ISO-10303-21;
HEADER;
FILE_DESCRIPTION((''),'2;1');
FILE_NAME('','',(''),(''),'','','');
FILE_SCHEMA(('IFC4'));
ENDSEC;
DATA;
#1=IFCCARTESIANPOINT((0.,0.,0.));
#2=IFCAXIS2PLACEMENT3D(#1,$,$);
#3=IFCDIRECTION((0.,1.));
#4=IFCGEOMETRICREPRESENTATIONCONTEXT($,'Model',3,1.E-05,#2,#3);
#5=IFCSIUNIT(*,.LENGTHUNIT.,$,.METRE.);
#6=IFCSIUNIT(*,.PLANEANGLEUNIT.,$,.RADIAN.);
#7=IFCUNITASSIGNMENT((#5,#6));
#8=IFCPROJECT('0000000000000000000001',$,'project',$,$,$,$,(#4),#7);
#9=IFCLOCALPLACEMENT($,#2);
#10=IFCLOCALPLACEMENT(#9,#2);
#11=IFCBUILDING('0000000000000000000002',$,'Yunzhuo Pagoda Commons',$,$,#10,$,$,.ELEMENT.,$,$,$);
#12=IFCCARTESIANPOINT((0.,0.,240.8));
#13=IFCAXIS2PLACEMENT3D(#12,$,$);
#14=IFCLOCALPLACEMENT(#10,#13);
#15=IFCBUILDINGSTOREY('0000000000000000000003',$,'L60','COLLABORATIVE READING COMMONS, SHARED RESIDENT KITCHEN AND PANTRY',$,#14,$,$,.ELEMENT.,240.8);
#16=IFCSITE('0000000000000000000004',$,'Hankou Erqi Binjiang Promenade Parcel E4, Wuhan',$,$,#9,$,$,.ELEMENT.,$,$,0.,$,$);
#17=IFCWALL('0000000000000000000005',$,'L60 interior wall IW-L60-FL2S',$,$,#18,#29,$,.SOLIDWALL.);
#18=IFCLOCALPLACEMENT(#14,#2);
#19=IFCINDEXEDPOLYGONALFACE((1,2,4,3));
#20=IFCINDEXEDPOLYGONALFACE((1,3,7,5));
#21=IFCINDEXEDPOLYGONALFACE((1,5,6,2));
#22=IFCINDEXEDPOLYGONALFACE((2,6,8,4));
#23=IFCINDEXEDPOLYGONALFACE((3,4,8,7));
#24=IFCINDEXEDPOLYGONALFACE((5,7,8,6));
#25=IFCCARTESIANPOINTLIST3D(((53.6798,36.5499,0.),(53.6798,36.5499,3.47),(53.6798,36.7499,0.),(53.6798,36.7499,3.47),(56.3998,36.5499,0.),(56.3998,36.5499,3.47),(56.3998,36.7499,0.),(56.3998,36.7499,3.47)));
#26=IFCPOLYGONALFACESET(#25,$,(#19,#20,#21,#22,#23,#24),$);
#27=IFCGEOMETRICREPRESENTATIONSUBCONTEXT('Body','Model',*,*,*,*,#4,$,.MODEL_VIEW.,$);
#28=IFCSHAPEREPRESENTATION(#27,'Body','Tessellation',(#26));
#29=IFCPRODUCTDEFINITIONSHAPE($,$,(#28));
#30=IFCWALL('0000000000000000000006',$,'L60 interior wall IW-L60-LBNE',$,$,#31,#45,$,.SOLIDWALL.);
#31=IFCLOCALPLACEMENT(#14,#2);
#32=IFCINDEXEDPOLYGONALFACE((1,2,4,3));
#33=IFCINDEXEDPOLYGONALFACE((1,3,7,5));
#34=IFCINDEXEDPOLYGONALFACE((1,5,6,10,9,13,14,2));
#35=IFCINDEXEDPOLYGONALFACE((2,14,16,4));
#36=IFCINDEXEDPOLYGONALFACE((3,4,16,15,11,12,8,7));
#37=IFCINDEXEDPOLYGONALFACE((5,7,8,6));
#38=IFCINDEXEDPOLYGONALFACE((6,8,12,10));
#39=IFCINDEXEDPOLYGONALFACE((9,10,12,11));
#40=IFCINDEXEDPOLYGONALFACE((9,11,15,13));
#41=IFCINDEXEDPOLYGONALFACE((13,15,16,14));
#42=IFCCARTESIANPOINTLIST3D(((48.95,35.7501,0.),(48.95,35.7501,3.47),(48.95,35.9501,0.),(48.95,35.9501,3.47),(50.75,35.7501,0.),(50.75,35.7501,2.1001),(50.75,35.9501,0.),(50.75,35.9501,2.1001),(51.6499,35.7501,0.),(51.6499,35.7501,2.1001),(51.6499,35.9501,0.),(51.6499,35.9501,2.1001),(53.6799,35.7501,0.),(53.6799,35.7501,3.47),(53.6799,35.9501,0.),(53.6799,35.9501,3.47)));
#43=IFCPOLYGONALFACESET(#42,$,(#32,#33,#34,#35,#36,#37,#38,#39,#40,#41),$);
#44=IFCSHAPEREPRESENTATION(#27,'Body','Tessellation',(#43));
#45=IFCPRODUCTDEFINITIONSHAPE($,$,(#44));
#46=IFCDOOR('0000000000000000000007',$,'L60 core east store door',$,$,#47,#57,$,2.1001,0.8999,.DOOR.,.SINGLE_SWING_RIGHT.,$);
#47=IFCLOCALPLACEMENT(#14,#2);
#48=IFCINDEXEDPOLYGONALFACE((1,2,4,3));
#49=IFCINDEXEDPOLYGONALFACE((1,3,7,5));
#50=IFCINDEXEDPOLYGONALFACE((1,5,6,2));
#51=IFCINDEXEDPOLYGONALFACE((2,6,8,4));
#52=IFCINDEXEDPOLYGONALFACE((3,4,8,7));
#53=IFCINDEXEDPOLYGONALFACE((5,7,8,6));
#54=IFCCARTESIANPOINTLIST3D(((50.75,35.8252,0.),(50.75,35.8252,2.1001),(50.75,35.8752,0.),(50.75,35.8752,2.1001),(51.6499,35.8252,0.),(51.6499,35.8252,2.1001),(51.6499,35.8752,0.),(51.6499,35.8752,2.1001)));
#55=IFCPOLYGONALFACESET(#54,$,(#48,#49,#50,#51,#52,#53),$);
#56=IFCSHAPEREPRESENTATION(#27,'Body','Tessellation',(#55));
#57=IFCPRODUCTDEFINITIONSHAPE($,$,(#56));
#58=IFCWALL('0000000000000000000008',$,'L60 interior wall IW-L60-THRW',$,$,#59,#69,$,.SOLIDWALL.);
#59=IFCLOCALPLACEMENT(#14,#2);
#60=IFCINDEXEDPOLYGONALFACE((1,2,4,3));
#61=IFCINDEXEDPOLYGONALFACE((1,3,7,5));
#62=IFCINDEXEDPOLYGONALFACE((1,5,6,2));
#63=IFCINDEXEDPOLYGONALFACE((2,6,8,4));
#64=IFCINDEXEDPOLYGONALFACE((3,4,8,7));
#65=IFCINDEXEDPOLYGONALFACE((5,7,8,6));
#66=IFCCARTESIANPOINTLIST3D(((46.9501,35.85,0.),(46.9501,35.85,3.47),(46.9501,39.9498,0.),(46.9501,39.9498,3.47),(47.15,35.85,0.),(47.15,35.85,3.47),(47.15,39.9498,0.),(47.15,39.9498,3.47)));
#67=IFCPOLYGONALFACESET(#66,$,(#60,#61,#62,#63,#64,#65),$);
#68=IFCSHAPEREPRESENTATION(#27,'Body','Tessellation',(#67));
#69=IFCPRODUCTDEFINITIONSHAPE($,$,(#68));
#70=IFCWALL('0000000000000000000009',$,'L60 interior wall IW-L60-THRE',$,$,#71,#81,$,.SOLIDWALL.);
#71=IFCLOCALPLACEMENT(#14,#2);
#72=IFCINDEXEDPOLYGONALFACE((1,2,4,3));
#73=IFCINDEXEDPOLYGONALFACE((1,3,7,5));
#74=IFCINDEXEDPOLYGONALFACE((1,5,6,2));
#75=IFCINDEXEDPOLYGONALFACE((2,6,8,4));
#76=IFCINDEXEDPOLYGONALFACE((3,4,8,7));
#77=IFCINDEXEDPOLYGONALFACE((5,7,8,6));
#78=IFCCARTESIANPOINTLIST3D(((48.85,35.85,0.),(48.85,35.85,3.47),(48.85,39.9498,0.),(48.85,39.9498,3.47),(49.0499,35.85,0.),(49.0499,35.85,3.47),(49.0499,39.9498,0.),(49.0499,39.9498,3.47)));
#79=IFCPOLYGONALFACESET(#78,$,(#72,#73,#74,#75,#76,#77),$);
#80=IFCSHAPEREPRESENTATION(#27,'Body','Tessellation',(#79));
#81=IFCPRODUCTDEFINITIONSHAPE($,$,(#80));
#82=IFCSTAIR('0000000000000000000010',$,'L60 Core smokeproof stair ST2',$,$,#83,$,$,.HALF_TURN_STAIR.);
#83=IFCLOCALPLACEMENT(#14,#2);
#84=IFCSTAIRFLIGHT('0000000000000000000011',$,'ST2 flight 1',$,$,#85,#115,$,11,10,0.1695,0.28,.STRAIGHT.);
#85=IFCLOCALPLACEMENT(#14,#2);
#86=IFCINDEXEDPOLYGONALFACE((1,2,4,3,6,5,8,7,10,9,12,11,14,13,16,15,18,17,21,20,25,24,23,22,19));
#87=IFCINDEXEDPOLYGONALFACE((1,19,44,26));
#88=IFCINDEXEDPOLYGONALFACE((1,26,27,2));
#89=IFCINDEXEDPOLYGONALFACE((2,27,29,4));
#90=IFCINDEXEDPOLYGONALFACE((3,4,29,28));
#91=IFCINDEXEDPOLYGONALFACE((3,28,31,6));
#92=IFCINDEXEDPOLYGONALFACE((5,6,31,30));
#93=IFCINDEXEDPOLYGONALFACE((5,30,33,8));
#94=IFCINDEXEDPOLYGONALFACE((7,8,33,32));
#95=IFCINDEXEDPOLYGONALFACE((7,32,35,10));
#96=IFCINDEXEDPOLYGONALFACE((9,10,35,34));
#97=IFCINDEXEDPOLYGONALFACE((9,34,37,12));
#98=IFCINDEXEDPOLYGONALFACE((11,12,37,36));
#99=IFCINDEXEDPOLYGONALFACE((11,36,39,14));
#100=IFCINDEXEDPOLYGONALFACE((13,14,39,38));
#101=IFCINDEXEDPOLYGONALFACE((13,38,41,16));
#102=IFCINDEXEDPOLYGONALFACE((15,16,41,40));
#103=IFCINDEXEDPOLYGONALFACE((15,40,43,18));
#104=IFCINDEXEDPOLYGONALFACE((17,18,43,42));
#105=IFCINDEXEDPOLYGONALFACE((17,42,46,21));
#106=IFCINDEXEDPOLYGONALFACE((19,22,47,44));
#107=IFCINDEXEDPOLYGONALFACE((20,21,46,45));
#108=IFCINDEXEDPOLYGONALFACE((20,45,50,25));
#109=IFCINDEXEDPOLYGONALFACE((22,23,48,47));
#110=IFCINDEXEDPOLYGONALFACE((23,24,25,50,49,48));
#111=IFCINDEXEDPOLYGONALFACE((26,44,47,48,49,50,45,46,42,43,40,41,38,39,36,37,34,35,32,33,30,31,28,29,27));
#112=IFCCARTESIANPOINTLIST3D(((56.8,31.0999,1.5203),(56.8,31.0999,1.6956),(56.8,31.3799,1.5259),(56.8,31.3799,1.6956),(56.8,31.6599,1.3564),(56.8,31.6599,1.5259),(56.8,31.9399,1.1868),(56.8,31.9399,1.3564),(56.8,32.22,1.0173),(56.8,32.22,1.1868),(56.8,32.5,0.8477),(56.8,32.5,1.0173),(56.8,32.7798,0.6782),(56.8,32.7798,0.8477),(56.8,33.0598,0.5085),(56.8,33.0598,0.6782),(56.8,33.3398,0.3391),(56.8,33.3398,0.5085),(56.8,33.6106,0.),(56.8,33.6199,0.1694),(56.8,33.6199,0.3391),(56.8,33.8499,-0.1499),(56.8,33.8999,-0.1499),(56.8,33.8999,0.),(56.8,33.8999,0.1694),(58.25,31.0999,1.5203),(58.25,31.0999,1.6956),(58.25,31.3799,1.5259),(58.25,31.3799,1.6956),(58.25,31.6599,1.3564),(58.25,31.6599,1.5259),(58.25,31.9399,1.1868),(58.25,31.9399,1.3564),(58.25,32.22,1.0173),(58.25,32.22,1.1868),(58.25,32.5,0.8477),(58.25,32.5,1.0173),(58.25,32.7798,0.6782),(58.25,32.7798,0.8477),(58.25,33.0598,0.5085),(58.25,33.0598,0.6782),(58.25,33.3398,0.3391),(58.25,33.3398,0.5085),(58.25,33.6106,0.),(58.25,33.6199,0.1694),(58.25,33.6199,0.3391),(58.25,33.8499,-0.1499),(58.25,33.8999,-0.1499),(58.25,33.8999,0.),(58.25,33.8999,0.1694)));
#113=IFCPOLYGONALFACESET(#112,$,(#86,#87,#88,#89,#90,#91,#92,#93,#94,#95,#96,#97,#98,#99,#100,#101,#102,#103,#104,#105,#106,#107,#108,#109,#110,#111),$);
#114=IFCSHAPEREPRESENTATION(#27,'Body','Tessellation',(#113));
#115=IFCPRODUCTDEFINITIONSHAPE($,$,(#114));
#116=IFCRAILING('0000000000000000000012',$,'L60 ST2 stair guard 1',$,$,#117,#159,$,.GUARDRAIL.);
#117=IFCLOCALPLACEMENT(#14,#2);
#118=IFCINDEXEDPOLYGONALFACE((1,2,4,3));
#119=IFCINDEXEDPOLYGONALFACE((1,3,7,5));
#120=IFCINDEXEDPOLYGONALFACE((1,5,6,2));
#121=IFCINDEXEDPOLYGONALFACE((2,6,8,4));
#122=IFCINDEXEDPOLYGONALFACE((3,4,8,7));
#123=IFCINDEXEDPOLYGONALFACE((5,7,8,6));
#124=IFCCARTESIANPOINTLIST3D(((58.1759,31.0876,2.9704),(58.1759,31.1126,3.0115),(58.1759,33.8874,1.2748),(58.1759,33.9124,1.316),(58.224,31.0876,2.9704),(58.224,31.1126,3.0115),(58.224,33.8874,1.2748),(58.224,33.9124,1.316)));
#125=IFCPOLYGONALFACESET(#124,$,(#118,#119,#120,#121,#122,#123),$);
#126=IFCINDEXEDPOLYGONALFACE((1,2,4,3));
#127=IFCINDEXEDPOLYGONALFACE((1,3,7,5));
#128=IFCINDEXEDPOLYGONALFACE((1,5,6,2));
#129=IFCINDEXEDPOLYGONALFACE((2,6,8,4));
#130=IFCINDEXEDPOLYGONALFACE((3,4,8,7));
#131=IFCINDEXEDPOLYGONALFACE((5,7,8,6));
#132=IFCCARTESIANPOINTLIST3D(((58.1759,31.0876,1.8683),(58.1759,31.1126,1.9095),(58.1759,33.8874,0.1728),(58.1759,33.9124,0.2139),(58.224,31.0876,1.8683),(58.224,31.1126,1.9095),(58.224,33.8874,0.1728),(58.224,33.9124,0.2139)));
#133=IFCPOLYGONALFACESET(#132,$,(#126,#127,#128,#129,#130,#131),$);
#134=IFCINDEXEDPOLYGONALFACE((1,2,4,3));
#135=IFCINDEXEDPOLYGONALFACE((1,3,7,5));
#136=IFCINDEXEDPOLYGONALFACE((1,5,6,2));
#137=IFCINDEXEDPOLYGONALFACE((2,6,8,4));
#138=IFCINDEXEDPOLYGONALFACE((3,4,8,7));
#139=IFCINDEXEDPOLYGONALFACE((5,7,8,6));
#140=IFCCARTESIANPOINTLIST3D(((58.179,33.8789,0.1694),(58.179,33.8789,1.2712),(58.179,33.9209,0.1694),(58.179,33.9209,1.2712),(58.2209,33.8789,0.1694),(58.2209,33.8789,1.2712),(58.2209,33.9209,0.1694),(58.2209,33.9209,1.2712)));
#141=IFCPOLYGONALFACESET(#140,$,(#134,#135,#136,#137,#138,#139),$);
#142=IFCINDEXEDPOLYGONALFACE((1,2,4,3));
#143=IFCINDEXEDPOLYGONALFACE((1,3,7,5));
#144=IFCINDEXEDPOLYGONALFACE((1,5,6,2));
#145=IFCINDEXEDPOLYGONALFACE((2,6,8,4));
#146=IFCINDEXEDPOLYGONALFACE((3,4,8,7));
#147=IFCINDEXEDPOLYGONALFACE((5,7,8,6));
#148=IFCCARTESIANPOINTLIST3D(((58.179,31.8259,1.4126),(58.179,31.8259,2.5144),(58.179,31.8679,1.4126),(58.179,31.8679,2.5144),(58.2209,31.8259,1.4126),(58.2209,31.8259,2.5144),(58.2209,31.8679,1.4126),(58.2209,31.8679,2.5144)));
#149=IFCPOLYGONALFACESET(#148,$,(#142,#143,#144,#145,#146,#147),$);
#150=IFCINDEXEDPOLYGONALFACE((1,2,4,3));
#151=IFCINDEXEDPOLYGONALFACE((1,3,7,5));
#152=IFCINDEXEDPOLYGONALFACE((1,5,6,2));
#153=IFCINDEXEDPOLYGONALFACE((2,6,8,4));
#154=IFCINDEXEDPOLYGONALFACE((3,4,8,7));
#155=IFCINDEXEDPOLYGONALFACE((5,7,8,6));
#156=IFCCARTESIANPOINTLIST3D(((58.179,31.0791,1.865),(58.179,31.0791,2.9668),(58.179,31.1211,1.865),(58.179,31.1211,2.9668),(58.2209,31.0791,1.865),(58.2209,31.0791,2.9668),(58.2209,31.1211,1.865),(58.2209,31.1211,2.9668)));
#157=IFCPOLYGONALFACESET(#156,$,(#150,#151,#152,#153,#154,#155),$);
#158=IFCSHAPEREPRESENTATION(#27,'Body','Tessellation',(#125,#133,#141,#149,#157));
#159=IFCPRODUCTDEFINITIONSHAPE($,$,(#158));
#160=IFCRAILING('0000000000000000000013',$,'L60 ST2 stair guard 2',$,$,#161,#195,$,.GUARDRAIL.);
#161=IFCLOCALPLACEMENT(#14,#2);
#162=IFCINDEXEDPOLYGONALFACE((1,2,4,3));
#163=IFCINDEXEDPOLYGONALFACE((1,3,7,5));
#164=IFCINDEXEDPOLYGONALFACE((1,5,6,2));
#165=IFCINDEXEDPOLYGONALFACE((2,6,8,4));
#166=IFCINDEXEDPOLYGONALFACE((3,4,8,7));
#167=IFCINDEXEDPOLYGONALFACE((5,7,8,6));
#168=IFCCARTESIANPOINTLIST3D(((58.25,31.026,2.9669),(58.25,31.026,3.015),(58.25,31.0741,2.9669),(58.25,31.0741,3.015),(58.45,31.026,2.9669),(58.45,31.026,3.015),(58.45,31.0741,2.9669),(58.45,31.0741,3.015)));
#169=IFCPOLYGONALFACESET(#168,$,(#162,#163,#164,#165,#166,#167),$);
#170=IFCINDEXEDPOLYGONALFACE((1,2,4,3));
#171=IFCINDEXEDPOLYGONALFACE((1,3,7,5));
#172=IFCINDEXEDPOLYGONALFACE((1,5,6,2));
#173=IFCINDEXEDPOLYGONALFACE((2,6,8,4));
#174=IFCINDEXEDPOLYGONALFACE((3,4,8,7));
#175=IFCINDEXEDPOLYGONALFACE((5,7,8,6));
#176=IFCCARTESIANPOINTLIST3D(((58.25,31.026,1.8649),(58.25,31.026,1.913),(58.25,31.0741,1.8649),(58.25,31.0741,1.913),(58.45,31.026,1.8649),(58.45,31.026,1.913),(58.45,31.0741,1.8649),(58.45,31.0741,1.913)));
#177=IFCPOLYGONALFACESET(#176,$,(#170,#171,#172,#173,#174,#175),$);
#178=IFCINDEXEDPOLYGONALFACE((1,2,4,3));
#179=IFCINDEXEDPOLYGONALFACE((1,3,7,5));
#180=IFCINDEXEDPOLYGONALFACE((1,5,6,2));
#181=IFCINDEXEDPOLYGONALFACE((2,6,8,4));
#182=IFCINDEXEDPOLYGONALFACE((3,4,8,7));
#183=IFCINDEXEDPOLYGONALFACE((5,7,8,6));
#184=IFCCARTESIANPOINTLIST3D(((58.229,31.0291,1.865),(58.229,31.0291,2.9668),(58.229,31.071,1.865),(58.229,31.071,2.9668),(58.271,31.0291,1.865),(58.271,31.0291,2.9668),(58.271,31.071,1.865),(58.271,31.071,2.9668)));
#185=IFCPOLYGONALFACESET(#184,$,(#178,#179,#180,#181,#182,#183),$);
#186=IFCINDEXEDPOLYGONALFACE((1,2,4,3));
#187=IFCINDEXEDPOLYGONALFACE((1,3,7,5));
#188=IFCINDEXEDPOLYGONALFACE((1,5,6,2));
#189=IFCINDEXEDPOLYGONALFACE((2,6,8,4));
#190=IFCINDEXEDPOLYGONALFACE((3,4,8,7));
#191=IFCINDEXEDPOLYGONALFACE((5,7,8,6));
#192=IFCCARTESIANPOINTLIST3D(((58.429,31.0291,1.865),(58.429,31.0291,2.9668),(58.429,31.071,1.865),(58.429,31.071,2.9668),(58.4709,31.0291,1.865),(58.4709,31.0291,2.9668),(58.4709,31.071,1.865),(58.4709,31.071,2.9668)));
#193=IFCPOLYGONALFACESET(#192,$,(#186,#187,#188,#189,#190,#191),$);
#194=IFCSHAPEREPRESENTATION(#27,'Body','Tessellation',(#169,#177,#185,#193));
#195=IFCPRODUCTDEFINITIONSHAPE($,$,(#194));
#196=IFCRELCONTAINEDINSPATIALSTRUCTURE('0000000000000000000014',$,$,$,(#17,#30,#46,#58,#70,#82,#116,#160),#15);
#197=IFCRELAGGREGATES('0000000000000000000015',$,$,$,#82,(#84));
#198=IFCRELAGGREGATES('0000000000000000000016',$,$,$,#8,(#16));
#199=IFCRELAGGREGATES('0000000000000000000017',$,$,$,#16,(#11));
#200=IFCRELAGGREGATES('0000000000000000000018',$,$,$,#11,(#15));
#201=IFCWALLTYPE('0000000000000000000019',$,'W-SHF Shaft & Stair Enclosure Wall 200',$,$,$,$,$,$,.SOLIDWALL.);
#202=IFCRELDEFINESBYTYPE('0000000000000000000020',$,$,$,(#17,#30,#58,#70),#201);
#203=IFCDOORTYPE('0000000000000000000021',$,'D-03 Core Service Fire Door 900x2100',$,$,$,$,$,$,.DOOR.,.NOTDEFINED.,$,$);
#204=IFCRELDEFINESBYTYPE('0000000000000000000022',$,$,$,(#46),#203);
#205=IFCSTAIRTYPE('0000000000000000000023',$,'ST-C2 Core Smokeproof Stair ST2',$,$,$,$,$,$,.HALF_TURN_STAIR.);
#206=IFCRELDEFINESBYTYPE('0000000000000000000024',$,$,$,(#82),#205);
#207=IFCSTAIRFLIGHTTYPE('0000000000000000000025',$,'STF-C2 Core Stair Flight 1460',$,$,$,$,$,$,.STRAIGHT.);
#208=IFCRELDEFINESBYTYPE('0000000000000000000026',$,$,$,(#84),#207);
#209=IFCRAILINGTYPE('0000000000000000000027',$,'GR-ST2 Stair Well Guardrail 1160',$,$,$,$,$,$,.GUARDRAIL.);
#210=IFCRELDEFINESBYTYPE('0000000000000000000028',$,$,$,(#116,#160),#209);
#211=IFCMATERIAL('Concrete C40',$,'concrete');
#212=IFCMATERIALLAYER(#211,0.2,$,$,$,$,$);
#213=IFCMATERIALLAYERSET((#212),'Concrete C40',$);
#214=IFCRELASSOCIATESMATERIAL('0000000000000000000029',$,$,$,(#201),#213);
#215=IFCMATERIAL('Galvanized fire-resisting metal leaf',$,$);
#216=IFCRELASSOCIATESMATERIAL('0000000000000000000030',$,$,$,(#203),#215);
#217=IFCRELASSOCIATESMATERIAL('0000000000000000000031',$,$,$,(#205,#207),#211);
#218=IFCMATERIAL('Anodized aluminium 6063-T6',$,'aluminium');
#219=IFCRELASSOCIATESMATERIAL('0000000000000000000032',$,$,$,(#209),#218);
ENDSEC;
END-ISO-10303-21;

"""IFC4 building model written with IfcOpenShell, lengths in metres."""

from ifc_helpers import new_model, si_unit, direction, frame, frame_2d, origin, origin_2d, place, context, subcontext, project, spatial, polyline, rectangle, outline, extrude, source, transform, mapped, material, layer, layer_set, type_object, element, fill, aggregate, save


model = new_model("IFC4")

# Units and contexts
model_context = context("Model", 3, precision=1e-05, world=origin(), true_north=direction((0.0, 1.0)))
body_context = subcontext(model_context, "Body", "Model", "MODEL_VIEW")
ifc_project = project(units=[si_unit("LENGTHUNIT", "METRE"), si_unit("PLANEANGLEUNIT", "RADIAN")], contexts=[model_context])

# Site, building, storey
site_placement = place(None, origin())
site = spatial("IfcSite", under=ifc_project, at=site_placement, Name="Hankou Erqi Binjiang Promenade Parcel E4, Wuhan", CompositionType="ELEMENT", RefElevation=0.0)
building_placement = place(site_placement, origin())
building = spatial("IfcBuilding", under=site, at=building_placement, Name="Yunzhuo Pagoda Commons", CompositionType="ELEMENT")
storey_placement = place(building_placement, frame((0.0, 0.0, 240.8)))
storey = spatial("IfcBuildingStorey", under=building, at=storey_placement, Name="L60", Description="COLLABORATIVE READING COMMONS, SHARED RESIDENT KITCHEN AND PANTRY", CompositionType="ELEMENT", Elevation=240.8)

# Shared definitions
ifc_material_1 = material(Name="Galvanized fire-resisting metal leaf")

# Wall
ifc_material_2 = material(Name="Concrete C40", Category="concrete")
ifc_layer_1 = layer(ifc_material_2, 0.2)
ifc_layer_set_1 = layer_set([ifc_layer_1], Name="Concrete C40")
wall_type_1 = type_object("IfcWallType", Name="W-SHF Shaft & Stair Enclosure Wall 200", PredefinedType="SOLIDWALL", material=ifc_layer_set_1)
wall_1_placement = place(storey_placement, frame((53.6799, 36.6499, 0.0), z_axis=(0.0, 0.0, 1.0), x_axis=(1.0, 0.0, 0.0)))
element("IfcWall", 1, at=wall_1_placement, inside=storey, type_object=wall_type_1, Name="L60 interior wall IW-L60-FL2S", PredefinedType="SOLIDWALL", context=body_context, shape_type="SweptSolid", body=[
    extrude(rectangle(XDim=2.72, YDim=0.2, at=frame_2d((1.3599, 0.0))), origin(), (0.0, 0.0, 1.0), 3.47),
])

# Wall, opening, door
wall_2_placement = place(storey_placement, frame((48.95, 35.8501, 0.0), z_axis=(0.0, 0.0, 1.0), x_axis=(1.0, 0.0, 0.0)))
wall_2 = element("IfcWall", 2, at=wall_2_placement, inside=storey, type_object=wall_type_1, Name="L60 interior wall IW-L60-LBNE", PredefinedType="SOLIDWALL", context=body_context, shape_type="SweptSolid", body=[
    extrude(rectangle(XDim=4.73, YDim=0.2, at=frame_2d((2.365, 0.0))), origin(), (0.0, 0.0, 1.0), 3.47),
])
opening_1_placement = place(wall_2_placement, frame((1.8, 0.0, 0.0)))
opening_1 = element("IfcOpeningElement", 3, at=opening_1_placement, cuts=wall_2, PredefinedType="OPENING", context=body_context, shape_type="SweptSolid", body=[
    extrude(rectangle(XDim=0.8999, YDim=2.1001, at=frame_2d((0.45, 1.05))), frame((0.0, 0.1099, 0.0), z_axis=(0.0, -1.0, 0.0), x_axis=(1.0, 0.0, 0.0)), (0.0, 0.0, 1.0), 0.22),
])
door_type_1 = type_object("IfcDoorType", Name="D-03 Core Service Fire Door 900x2100", OperationType="NOTDEFINED", PredefinedType="DOOR", material=ifc_material_1)
shared_shape_1 = source(origin(), body_context, "Body", "SweptSolid", [
    extrude(rectangle(XDim=0.8999, YDim=2.1001, at=frame_2d((0.45, 1.05))), frame((0.0, 0.0249, 0.0), z_axis=(0.0, -1.0, 0.0), x_axis=(1.0, 0.0, 0.0)), (0.0, 0.0, 1.0), 0.05),
])
door_1_placement = place(opening_1_placement, frame((0.8999, 0.0, 0.0), z_axis=(0.0, 0.0, 1.0), x_axis=(-1.0, 0.0, 0.0)))
door_1 = element("IfcDoor", 4, at=door_1_placement, inside=storey, type_object=door_type_1, Name="L60 core east store door", OperationType="SINGLE_SWING_RIGHT", OverallHeight=2.1001, OverallWidth=0.8999, PredefinedType="DOOR", context=body_context, shape_type="MappedRepresentation", body=[
    mapped(shared_shape_1, transform((0.0, 0.0, 0.0), scale=1.0)),
])
fill(opening_1, door_1)

# Walls
for number, where, z_axis, x_axis, name in (
    (5, (47.05, 35.8501, 0.0), (0.0, 0.0, 1.0), (0.0, 1.0, 0.0), "L60 interior wall IW-L60-THRW"),
    (6, (48.95, 35.8501, 0.0), (0.0, 0.0, 1.0), (0.0, 1.0, 0.0), "L60 interior wall IW-L60-THRE"),
):
    element("IfcWall", number, at=place(storey_placement, frame(where, z_axis=z_axis, x_axis=x_axis)), inside=storey, type_object=wall_type_1, Name=name, PredefinedType="SOLIDWALL", context=body_context, shape_type="SweptSolid", body=[
        extrude(rectangle(XDim=4.0999, YDim=0.2, at=frame_2d((2.0498, 0.0))), origin(), (0.0, 0.0, 1.0), 3.47),
    ])

# Stair, stair flight
stair_type = type_object("IfcStairType", Name="ST-C2 Core Smokeproof Stair ST2", PredefinedType="HALF_TURN_STAIR", material=ifc_material_2)
stair_placement = place(storey_placement, origin())
stair = element("IfcStair", 7, at=stair_placement, inside=storey, type_object=stair_type, Name="L60 Core smokeproof stair ST2", PredefinedType="HALF_TURN_STAIR")
stair_flight_type = type_object("IfcStairFlightType", Name="STF-C2 Core Stair Flight 1460", PredefinedType="STRAIGHT", material=ifc_material_2)
shared_shape_2 = source(origin(), body_context, "Body", "SweptSolid", [
    extrude(outline(polyline([(0.0, -0.1499), (0.0, 0.0), (0.0, 0.1694), (0.28, 0.1694), (0.28, 0.3391), (0.5601, 0.3391), (0.5601, 0.5085), (0.8401, 0.5085), (0.8401, 0.6782), (1.1201, 0.6782), (1.1201, 0.8477), (1.3999, 0.8477), (1.3999, 1.0173), (1.6799, 1.0173), (1.6799, 1.1868), (1.96, 1.1868), (1.96, 1.3564), (2.24, 1.3564), (2.24, 1.5259), (2.52, 1.5259), (2.52, 1.6956), (2.8, 1.6956), (2.8, 1.865), (2.8, 1.5203), (0.2893, 0.0), (0.05, -0.1499), (0.0, -0.1499)])), frame((0.0, 0.7251, 0.0), z_axis=(0.0, -1.0, 0.0), x_axis=(1.0, 0.0, 0.0)), (0.0, 0.0, 1.0), 1.45),
])
stair_flight_placement = place(storey_placement, frame((57.5249, 33.8999, 0.0), z_axis=(0.0, 0.0, 1.0), x_axis=(0.0, -1.0, 0.0)))
stair_flight = element("IfcStairFlight", 8, at=stair_flight_placement, type_object=stair_flight_type, Name="ST2 flight 1", NumberOfRisers=11, NumberOfTreads=10, PredefinedType="STRAIGHT", RiserHeight=0.1695, TreadLength=0.28, context=body_context, shape_type="MappedRepresentation", body=[
    mapped(shared_shape_2, transform((0.0, 0.0, 0.0), scale=1.0)),
])
aggregate(stair, [stair_flight])

# Railings
ifc_material_3 = material(Name="Anodized aluminium 6063-T6", Category="aluminium")
railing_type_1 = type_object("IfcRailingType", Name="GR-ST2 Stair Well Guardrail 1160", PredefinedType="GUARDRAIL", material=ifc_material_3)
railing_1_placement = place(storey_placement, frame((58.2, 33.8999, 0.1694)))
element("IfcRailing", 9, at=railing_1_placement, inside=storey, type_object=railing_type_1, Name="L60 ST2 stair guard 1", PredefinedType="GUARDRAIL", context=body_context, shape_type="SweptSolid", body=[
    extrude(rectangle(XDim=0.0481, YDim=0.0481, at=origin_2d()), frame((0.0, 0.0, 1.126), z_axis=(0.0, -0.855373, 0.518012), x_axis=(1.0, 0.0, 0.0)), (0.0, 0.0, 1.0), 3.2732),
    extrude(rectangle(XDim=0.0481, YDim=0.0481, at=origin_2d()), frame((0.0, 0.0, 0.0239), z_axis=(0.0, -0.855373, 0.518012), x_axis=(1.0, 0.0, 0.0)), (0.0, 0.0, 1.0), 3.2732),
    extrude(rectangle(XDim=0.042, YDim=0.042, at=origin_2d()), origin(), (0.0, 0.0, 1.0), 1.1018),
    extrude(rectangle(XDim=0.042, YDim=0.042, at=origin_2d()), frame((0.0, -2.053, 1.2432)), (0.0, 0.0, 1.0), 1.1018),
    extrude(rectangle(XDim=0.042, YDim=0.042, at=origin_2d()), frame((0.0, -2.7998, 1.6956)), (0.0, 0.0, 1.0), 1.1018),
])
railing_2_placement = place(storey_placement, frame((58.25, 31.05, 1.865)))
element("IfcRailing", 10, at=railing_2_placement, inside=storey, type_object=railing_type_1, Name="L60 ST2 stair guard 2", PredefinedType="GUARDRAIL", context=body_context, shape_type="SweptSolid", body=[
    extrude(rectangle(XDim=0.0481, YDim=0.0481, at=origin_2d()), frame((0.0, 0.0, 1.126), z_axis=(1.0, 0.0, 0.0), x_axis=(0.0, 1.0, 0.0)), (0.0, 0.0, 1.0), 0.2),
    extrude(rectangle(XDim=0.0481, YDim=0.0481, at=origin_2d()), frame((0.0, 0.0, 0.0239), z_axis=(1.0, 0.0, 0.0), x_axis=(0.0, 1.0, 0.0)), (0.0, 0.0, 1.0), 0.2),
    extrude(rectangle(XDim=0.042, YDim=0.042, at=origin_2d()), origin(), (0.0, 0.0, 1.0), 1.1018),
    extrude(rectangle(XDim=0.042, YDim=0.042, at=origin_2d()), frame((0.2, 0.0, 0.0)), (0.0, 0.0, 1.0), 1.1018),
])

save(model, "model.ifc")
